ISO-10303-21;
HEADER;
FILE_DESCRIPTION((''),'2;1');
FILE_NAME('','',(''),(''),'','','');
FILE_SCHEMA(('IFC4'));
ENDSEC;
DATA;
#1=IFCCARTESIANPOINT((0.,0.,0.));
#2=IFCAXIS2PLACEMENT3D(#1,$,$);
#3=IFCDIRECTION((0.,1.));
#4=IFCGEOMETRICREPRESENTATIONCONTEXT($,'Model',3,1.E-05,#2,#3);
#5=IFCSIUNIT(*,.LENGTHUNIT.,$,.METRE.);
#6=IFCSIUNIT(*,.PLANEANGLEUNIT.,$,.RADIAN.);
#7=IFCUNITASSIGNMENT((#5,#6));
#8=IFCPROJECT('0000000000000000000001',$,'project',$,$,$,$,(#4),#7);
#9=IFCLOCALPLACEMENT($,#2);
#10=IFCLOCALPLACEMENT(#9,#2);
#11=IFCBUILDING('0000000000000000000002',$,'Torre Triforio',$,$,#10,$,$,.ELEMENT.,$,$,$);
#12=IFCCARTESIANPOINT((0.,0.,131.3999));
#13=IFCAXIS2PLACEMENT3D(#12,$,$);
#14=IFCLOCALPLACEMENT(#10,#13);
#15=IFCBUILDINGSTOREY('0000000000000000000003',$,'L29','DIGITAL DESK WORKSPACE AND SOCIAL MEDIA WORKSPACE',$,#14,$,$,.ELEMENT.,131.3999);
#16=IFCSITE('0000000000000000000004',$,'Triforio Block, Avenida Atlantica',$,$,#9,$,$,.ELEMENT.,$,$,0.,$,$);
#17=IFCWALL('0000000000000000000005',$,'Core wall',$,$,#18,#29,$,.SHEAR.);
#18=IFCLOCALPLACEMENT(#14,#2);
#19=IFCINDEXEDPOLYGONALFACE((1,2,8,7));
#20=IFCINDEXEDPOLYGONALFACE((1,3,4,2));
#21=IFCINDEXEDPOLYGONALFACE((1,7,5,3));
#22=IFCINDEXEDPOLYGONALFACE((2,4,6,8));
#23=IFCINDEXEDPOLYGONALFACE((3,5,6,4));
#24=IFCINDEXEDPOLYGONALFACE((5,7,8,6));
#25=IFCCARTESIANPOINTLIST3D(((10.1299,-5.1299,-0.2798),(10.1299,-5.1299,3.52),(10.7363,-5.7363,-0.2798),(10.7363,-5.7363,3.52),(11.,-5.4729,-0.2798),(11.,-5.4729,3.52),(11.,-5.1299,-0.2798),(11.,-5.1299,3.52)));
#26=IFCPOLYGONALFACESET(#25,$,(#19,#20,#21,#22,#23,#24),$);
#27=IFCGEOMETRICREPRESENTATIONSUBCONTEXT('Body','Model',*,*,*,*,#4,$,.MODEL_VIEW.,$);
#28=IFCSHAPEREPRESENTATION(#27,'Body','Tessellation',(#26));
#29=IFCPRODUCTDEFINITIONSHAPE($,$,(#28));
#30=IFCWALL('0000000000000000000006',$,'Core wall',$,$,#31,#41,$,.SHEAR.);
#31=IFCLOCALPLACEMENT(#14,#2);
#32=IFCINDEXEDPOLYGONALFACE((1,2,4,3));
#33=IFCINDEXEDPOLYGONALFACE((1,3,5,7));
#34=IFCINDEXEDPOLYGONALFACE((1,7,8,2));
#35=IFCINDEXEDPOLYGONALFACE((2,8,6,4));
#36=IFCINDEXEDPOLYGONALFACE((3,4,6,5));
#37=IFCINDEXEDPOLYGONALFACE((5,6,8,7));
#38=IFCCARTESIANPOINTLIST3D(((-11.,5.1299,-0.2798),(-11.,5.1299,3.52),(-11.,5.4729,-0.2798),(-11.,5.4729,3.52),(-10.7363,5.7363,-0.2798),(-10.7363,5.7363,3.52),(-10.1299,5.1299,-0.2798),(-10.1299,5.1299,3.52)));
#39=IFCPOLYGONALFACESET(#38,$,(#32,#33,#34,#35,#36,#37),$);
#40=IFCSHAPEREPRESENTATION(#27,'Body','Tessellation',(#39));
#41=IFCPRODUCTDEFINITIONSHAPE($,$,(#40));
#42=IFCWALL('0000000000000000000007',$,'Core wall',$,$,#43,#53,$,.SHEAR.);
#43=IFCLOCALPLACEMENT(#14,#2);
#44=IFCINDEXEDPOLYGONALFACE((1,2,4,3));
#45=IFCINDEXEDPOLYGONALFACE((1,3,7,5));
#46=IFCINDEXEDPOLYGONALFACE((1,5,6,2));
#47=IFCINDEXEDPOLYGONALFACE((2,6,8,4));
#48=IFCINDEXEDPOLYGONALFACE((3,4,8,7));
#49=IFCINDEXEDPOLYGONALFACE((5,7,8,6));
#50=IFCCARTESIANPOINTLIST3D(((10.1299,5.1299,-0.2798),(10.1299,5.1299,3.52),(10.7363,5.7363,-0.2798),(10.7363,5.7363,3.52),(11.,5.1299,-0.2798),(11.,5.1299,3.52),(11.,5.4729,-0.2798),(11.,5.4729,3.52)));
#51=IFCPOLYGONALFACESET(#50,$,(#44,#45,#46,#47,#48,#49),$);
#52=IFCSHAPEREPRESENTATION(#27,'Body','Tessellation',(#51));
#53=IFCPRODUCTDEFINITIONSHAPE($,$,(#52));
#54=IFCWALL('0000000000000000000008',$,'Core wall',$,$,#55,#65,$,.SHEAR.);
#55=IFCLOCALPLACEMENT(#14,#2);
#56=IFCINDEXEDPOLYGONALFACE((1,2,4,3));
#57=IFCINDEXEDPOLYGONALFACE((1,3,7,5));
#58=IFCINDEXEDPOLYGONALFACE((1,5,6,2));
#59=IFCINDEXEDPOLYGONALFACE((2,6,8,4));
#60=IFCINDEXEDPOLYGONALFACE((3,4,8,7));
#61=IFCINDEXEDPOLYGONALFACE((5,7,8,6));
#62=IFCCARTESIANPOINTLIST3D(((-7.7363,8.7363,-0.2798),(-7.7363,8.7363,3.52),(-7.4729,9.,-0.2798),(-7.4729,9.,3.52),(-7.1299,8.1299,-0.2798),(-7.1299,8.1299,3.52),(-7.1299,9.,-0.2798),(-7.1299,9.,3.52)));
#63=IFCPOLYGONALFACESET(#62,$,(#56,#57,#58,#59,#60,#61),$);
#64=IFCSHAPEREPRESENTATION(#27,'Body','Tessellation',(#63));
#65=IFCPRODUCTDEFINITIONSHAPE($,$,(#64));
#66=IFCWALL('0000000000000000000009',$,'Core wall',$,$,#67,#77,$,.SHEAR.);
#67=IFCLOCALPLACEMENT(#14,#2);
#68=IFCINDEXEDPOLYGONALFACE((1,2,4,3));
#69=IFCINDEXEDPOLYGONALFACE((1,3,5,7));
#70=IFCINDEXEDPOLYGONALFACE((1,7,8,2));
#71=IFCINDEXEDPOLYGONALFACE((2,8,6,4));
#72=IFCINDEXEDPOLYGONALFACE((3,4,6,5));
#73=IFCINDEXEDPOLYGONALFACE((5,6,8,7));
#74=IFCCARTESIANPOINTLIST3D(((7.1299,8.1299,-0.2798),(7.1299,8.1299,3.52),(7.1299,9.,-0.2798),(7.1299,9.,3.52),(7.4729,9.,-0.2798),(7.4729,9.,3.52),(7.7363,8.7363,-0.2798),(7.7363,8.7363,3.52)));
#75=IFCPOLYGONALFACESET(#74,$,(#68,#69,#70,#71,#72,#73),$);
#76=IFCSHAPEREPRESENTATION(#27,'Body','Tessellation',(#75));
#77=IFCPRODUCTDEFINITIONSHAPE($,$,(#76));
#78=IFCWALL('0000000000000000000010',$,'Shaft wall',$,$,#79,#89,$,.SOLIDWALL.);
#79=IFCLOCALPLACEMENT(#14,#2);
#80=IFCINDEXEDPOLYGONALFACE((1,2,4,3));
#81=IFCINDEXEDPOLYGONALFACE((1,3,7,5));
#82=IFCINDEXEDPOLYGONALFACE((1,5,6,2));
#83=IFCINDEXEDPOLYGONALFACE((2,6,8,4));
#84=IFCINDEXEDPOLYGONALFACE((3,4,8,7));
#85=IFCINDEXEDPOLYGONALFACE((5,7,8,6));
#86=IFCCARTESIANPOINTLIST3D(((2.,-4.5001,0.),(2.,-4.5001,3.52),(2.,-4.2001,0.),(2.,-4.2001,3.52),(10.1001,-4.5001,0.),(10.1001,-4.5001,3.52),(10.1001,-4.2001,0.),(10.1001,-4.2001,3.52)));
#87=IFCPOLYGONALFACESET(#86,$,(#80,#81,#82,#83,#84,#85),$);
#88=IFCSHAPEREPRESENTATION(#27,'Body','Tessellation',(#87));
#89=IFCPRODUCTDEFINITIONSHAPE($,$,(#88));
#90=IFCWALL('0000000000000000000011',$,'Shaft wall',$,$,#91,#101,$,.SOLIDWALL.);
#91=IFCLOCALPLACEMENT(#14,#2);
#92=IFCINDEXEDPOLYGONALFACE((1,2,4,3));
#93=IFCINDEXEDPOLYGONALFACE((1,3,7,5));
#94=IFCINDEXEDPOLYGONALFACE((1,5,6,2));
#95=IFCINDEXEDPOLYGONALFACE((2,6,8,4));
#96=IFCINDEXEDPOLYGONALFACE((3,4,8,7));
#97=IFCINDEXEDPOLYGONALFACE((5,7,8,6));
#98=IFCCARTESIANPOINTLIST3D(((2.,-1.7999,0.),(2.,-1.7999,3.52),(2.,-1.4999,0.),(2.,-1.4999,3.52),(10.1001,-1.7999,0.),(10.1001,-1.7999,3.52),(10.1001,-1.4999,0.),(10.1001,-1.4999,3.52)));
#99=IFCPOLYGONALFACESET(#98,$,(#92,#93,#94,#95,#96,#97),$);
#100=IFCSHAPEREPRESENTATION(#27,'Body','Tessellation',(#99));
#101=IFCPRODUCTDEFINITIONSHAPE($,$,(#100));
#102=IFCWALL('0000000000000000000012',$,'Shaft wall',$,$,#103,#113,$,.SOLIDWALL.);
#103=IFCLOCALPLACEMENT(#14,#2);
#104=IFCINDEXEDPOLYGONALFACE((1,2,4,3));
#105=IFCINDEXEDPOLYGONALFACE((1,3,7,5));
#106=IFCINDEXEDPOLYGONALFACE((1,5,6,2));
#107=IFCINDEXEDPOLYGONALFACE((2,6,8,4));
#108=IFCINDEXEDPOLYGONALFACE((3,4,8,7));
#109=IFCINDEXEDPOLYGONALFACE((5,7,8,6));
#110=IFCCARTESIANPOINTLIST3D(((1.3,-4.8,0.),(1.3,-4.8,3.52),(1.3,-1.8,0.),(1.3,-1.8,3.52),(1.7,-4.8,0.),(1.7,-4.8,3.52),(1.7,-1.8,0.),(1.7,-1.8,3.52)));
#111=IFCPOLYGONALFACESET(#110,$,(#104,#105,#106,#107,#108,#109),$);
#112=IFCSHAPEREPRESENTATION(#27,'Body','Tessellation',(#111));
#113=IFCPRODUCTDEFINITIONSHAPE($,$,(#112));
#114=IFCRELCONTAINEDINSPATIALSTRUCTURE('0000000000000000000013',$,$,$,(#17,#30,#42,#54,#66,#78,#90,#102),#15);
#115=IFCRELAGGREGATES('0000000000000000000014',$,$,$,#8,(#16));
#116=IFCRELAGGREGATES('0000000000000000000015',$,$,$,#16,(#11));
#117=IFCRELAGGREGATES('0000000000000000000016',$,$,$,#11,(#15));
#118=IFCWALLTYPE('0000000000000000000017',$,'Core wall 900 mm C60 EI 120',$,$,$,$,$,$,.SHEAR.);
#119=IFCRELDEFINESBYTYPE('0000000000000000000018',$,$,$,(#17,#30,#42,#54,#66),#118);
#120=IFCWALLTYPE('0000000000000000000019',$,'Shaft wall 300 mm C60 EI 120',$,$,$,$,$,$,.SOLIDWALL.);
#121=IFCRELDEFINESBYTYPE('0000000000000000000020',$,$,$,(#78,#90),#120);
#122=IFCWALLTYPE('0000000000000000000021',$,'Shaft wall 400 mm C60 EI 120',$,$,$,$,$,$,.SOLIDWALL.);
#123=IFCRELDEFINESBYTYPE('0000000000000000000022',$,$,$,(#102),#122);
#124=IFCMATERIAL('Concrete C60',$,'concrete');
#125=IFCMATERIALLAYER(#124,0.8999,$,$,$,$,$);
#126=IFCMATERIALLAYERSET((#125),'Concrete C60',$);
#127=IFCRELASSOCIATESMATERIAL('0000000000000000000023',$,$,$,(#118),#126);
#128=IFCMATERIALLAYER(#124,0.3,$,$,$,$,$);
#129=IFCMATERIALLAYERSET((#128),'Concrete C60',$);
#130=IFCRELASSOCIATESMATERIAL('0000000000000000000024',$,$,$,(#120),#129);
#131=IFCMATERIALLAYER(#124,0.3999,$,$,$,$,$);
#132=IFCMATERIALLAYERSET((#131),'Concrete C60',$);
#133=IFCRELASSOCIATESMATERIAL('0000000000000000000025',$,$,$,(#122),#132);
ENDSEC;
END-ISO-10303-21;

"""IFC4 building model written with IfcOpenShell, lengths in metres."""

from ifc_helpers import new_model, si_unit, direction, frame, frame_2d, origin, place, context, subcontext, project, spatial, polyline, rectangle, outline, extrude, material, layer, layer_set, type_object, element, save


model = new_model("IFC4")

# Units and contexts
model_context = context("Model", 3, precision=1e-05, world=origin(), true_north=direction((0.0, 1.0)))
body_context = subcontext(model_context, "Body", "Model", "MODEL_VIEW")
ifc_project = project(units=[si_unit("LENGTHUNIT", "METRE"), si_unit("PLANEANGLEUNIT", "RADIAN")], contexts=[model_context])

# Site, building, storey
site_placement = place(None, origin())
site = spatial("IfcSite", under=ifc_project, at=site_placement, Name="Triforio Block, Avenida Atlantica", CompositionType="ELEMENT", RefElevation=0.0)
building_placement = place(site_placement, origin())
building = spatial("IfcBuilding", under=site, at=building_placement, Name="Torre Triforio", CompositionType="ELEMENT")
storey_placement = place(building_placement, frame((0.0, 0.0, 131.3999)))
storey = spatial("IfcBuildingStorey", under=building, at=storey_placement, Name="L29", Description="DIGITAL DESK WORKSPACE AND SOCIAL MEDIA WORKSPACE", CompositionType="ELEMENT", Elevation=131.3999)

# Shared definitions
ifc_material_1 = material(Name="Concrete C60", Category="concrete")

# Walls
ifc_layer_1 = layer(ifc_material_1, 0.8999)
ifc_layer_set_1 = layer_set([ifc_layer_1], Name="Concrete C60")
wall_type_1 = type_object("IfcWallType", Name="Core wall 900 mm C60 EI 120", PredefinedType="SHEAR", material=ifc_layer_set_1)
wall_1_placement = place(storey_placement, frame((0.0, 0.0, -0.2798)))
element("IfcWall", 1, at=wall_1_placement, inside=storey, type_object=wall_type_1, Name="Core wall", PredefinedType="SHEAR", context=body_context, shape_type="SweptSolid", body=[
    extrude(outline(polyline([(11.0, -5.4729), (10.7363, -5.7363), (10.1299, -5.1299), (11.0, -5.1299), (11.0, -5.4729)])), origin(), (0.0, 0.0, 1.0), 3.7998),
])
wall_2_placement = place(storey_placement, frame((0.0, 0.0, -0.2798)))
element("IfcWall", 2, at=wall_2_placement, inside=storey, type_object=wall_type_1, Name="Core wall", PredefinedType="SHEAR", context=body_context, shape_type="SweptSolid", body=[
    extrude(outline(polyline([(-10.7363, 5.7363), (-10.1299, 5.1299), (-11.0, 5.1299), (-11.0, 5.4729), (-10.7363, 5.7363)])), origin(), (0.0, 0.0, 1.0), 3.7998),
])
wall_3_placement = place(storey_placement, frame((0.0, 0.0, -0.2798)))
element("IfcWall", 3, at=wall_3_placement, inside=storey, type_object=wall_type_1, Name="Core wall", PredefinedType="SHEAR", context=body_context, shape_type="SweptSolid", body=[
    extrude(outline(polyline([(11.0, 5.4729), (11.0, 5.1299), (10.1299, 5.1299), (10.7363, 5.7363), (11.0, 5.4729)])), origin(), (0.0, 0.0, 1.0), 3.7998),
])
wall_4_placement = place(storey_placement, frame((0.0, 0.0, -0.2798)))
element("IfcWall", 4, at=wall_4_placement, inside=storey, type_object=wall_type_1, Name="Core wall", PredefinedType="SHEAR", context=body_context, shape_type="SweptSolid", body=[
    extrude(outline(polyline([(-7.4729, 9.0), (-7.1299, 9.0), (-7.1299, 8.1299), (-7.7363, 8.7363), (-7.4729, 9.0)])), origin(), (0.0, 0.0, 1.0), 3.7998),
])
wall_5_placement = place(storey_placement, frame((0.0, 0.0, -0.2798)))
element("IfcWall", 5, at=wall_5_placement, inside=storey, type_object=wall_type_1, Name="Core wall", PredefinedType="SHEAR", context=body_context, shape_type="SweptSolid", body=[
    extrude(outline(polyline([(7.4729, 9.0), (7.7363, 8.7363), (7.1299, 8.1299), (7.1299, 9.0), (7.4729, 9.0)])), origin(), (0.0, 0.0, 1.0), 3.7998),
])
ifc_layer_2 = layer(ifc_material_1, 0.3)
ifc_layer_set_2 = layer_set([ifc_layer_2], Name="Concrete C60")
wall_type_2 = type_object("IfcWallType", Name="Shaft wall 300 mm C60 EI 120", PredefinedType="SOLIDWALL", material=ifc_layer_set_2)
for number, where, z_axis, x_axis, name in (
    (6, (2.0, -4.3501, 0.0), (0.0, 0.0, 1.0), (1.0, 0.0, 0.0), "Shaft wall"),
    (7, (2.0, -1.6499, 0.0), (0.0, 0.0, 1.0), (1.0, 0.0, 0.0), "Shaft wall"),
):
    element("IfcWall", number, at=place(storey_placement, frame(where, z_axis=z_axis, x_axis=x_axis)), inside=storey, type_object=wall_type_2, Name=name, PredefinedType="SOLIDWALL", context=body_context, shape_type="SweptSolid", body=[
        extrude(rectangle(XDim=8.1001, YDim=0.3, at=frame_2d((4.05, 0.0))), origin(), (0.0, 0.0, 1.0), 3.52),
    ])
ifc_layer_3 = layer(ifc_material_1, 0.3999)
ifc_layer_set_3 = layer_set([ifc_layer_3], Name="Concrete C60")
wall_type_3 = type_object("IfcWallType", Name="Shaft wall 400 mm C60 EI 120", PredefinedType="SOLIDWALL", material=ifc_layer_set_3)
wall_6_placement = place(storey_placement, frame((1.5, -4.8, 0.0), z_axis=(0.0, 0.0, 1.0), x_axis=(0.0, 1.0, 0.0)))
element("IfcWall", 8, at=wall_6_placement, inside=storey, type_object=wall_type_3, Name="Shaft wall", PredefinedType="SOLIDWALL", context=body_context, shape_type="SweptSolid", body=[
    extrude(rectangle(XDim=3.0, YDim=0.3999, at=frame_2d((1.5, 0.0))), origin(), (0.0, 0.0, 1.0), 3.52),
])

save(model, "model.ifc")
